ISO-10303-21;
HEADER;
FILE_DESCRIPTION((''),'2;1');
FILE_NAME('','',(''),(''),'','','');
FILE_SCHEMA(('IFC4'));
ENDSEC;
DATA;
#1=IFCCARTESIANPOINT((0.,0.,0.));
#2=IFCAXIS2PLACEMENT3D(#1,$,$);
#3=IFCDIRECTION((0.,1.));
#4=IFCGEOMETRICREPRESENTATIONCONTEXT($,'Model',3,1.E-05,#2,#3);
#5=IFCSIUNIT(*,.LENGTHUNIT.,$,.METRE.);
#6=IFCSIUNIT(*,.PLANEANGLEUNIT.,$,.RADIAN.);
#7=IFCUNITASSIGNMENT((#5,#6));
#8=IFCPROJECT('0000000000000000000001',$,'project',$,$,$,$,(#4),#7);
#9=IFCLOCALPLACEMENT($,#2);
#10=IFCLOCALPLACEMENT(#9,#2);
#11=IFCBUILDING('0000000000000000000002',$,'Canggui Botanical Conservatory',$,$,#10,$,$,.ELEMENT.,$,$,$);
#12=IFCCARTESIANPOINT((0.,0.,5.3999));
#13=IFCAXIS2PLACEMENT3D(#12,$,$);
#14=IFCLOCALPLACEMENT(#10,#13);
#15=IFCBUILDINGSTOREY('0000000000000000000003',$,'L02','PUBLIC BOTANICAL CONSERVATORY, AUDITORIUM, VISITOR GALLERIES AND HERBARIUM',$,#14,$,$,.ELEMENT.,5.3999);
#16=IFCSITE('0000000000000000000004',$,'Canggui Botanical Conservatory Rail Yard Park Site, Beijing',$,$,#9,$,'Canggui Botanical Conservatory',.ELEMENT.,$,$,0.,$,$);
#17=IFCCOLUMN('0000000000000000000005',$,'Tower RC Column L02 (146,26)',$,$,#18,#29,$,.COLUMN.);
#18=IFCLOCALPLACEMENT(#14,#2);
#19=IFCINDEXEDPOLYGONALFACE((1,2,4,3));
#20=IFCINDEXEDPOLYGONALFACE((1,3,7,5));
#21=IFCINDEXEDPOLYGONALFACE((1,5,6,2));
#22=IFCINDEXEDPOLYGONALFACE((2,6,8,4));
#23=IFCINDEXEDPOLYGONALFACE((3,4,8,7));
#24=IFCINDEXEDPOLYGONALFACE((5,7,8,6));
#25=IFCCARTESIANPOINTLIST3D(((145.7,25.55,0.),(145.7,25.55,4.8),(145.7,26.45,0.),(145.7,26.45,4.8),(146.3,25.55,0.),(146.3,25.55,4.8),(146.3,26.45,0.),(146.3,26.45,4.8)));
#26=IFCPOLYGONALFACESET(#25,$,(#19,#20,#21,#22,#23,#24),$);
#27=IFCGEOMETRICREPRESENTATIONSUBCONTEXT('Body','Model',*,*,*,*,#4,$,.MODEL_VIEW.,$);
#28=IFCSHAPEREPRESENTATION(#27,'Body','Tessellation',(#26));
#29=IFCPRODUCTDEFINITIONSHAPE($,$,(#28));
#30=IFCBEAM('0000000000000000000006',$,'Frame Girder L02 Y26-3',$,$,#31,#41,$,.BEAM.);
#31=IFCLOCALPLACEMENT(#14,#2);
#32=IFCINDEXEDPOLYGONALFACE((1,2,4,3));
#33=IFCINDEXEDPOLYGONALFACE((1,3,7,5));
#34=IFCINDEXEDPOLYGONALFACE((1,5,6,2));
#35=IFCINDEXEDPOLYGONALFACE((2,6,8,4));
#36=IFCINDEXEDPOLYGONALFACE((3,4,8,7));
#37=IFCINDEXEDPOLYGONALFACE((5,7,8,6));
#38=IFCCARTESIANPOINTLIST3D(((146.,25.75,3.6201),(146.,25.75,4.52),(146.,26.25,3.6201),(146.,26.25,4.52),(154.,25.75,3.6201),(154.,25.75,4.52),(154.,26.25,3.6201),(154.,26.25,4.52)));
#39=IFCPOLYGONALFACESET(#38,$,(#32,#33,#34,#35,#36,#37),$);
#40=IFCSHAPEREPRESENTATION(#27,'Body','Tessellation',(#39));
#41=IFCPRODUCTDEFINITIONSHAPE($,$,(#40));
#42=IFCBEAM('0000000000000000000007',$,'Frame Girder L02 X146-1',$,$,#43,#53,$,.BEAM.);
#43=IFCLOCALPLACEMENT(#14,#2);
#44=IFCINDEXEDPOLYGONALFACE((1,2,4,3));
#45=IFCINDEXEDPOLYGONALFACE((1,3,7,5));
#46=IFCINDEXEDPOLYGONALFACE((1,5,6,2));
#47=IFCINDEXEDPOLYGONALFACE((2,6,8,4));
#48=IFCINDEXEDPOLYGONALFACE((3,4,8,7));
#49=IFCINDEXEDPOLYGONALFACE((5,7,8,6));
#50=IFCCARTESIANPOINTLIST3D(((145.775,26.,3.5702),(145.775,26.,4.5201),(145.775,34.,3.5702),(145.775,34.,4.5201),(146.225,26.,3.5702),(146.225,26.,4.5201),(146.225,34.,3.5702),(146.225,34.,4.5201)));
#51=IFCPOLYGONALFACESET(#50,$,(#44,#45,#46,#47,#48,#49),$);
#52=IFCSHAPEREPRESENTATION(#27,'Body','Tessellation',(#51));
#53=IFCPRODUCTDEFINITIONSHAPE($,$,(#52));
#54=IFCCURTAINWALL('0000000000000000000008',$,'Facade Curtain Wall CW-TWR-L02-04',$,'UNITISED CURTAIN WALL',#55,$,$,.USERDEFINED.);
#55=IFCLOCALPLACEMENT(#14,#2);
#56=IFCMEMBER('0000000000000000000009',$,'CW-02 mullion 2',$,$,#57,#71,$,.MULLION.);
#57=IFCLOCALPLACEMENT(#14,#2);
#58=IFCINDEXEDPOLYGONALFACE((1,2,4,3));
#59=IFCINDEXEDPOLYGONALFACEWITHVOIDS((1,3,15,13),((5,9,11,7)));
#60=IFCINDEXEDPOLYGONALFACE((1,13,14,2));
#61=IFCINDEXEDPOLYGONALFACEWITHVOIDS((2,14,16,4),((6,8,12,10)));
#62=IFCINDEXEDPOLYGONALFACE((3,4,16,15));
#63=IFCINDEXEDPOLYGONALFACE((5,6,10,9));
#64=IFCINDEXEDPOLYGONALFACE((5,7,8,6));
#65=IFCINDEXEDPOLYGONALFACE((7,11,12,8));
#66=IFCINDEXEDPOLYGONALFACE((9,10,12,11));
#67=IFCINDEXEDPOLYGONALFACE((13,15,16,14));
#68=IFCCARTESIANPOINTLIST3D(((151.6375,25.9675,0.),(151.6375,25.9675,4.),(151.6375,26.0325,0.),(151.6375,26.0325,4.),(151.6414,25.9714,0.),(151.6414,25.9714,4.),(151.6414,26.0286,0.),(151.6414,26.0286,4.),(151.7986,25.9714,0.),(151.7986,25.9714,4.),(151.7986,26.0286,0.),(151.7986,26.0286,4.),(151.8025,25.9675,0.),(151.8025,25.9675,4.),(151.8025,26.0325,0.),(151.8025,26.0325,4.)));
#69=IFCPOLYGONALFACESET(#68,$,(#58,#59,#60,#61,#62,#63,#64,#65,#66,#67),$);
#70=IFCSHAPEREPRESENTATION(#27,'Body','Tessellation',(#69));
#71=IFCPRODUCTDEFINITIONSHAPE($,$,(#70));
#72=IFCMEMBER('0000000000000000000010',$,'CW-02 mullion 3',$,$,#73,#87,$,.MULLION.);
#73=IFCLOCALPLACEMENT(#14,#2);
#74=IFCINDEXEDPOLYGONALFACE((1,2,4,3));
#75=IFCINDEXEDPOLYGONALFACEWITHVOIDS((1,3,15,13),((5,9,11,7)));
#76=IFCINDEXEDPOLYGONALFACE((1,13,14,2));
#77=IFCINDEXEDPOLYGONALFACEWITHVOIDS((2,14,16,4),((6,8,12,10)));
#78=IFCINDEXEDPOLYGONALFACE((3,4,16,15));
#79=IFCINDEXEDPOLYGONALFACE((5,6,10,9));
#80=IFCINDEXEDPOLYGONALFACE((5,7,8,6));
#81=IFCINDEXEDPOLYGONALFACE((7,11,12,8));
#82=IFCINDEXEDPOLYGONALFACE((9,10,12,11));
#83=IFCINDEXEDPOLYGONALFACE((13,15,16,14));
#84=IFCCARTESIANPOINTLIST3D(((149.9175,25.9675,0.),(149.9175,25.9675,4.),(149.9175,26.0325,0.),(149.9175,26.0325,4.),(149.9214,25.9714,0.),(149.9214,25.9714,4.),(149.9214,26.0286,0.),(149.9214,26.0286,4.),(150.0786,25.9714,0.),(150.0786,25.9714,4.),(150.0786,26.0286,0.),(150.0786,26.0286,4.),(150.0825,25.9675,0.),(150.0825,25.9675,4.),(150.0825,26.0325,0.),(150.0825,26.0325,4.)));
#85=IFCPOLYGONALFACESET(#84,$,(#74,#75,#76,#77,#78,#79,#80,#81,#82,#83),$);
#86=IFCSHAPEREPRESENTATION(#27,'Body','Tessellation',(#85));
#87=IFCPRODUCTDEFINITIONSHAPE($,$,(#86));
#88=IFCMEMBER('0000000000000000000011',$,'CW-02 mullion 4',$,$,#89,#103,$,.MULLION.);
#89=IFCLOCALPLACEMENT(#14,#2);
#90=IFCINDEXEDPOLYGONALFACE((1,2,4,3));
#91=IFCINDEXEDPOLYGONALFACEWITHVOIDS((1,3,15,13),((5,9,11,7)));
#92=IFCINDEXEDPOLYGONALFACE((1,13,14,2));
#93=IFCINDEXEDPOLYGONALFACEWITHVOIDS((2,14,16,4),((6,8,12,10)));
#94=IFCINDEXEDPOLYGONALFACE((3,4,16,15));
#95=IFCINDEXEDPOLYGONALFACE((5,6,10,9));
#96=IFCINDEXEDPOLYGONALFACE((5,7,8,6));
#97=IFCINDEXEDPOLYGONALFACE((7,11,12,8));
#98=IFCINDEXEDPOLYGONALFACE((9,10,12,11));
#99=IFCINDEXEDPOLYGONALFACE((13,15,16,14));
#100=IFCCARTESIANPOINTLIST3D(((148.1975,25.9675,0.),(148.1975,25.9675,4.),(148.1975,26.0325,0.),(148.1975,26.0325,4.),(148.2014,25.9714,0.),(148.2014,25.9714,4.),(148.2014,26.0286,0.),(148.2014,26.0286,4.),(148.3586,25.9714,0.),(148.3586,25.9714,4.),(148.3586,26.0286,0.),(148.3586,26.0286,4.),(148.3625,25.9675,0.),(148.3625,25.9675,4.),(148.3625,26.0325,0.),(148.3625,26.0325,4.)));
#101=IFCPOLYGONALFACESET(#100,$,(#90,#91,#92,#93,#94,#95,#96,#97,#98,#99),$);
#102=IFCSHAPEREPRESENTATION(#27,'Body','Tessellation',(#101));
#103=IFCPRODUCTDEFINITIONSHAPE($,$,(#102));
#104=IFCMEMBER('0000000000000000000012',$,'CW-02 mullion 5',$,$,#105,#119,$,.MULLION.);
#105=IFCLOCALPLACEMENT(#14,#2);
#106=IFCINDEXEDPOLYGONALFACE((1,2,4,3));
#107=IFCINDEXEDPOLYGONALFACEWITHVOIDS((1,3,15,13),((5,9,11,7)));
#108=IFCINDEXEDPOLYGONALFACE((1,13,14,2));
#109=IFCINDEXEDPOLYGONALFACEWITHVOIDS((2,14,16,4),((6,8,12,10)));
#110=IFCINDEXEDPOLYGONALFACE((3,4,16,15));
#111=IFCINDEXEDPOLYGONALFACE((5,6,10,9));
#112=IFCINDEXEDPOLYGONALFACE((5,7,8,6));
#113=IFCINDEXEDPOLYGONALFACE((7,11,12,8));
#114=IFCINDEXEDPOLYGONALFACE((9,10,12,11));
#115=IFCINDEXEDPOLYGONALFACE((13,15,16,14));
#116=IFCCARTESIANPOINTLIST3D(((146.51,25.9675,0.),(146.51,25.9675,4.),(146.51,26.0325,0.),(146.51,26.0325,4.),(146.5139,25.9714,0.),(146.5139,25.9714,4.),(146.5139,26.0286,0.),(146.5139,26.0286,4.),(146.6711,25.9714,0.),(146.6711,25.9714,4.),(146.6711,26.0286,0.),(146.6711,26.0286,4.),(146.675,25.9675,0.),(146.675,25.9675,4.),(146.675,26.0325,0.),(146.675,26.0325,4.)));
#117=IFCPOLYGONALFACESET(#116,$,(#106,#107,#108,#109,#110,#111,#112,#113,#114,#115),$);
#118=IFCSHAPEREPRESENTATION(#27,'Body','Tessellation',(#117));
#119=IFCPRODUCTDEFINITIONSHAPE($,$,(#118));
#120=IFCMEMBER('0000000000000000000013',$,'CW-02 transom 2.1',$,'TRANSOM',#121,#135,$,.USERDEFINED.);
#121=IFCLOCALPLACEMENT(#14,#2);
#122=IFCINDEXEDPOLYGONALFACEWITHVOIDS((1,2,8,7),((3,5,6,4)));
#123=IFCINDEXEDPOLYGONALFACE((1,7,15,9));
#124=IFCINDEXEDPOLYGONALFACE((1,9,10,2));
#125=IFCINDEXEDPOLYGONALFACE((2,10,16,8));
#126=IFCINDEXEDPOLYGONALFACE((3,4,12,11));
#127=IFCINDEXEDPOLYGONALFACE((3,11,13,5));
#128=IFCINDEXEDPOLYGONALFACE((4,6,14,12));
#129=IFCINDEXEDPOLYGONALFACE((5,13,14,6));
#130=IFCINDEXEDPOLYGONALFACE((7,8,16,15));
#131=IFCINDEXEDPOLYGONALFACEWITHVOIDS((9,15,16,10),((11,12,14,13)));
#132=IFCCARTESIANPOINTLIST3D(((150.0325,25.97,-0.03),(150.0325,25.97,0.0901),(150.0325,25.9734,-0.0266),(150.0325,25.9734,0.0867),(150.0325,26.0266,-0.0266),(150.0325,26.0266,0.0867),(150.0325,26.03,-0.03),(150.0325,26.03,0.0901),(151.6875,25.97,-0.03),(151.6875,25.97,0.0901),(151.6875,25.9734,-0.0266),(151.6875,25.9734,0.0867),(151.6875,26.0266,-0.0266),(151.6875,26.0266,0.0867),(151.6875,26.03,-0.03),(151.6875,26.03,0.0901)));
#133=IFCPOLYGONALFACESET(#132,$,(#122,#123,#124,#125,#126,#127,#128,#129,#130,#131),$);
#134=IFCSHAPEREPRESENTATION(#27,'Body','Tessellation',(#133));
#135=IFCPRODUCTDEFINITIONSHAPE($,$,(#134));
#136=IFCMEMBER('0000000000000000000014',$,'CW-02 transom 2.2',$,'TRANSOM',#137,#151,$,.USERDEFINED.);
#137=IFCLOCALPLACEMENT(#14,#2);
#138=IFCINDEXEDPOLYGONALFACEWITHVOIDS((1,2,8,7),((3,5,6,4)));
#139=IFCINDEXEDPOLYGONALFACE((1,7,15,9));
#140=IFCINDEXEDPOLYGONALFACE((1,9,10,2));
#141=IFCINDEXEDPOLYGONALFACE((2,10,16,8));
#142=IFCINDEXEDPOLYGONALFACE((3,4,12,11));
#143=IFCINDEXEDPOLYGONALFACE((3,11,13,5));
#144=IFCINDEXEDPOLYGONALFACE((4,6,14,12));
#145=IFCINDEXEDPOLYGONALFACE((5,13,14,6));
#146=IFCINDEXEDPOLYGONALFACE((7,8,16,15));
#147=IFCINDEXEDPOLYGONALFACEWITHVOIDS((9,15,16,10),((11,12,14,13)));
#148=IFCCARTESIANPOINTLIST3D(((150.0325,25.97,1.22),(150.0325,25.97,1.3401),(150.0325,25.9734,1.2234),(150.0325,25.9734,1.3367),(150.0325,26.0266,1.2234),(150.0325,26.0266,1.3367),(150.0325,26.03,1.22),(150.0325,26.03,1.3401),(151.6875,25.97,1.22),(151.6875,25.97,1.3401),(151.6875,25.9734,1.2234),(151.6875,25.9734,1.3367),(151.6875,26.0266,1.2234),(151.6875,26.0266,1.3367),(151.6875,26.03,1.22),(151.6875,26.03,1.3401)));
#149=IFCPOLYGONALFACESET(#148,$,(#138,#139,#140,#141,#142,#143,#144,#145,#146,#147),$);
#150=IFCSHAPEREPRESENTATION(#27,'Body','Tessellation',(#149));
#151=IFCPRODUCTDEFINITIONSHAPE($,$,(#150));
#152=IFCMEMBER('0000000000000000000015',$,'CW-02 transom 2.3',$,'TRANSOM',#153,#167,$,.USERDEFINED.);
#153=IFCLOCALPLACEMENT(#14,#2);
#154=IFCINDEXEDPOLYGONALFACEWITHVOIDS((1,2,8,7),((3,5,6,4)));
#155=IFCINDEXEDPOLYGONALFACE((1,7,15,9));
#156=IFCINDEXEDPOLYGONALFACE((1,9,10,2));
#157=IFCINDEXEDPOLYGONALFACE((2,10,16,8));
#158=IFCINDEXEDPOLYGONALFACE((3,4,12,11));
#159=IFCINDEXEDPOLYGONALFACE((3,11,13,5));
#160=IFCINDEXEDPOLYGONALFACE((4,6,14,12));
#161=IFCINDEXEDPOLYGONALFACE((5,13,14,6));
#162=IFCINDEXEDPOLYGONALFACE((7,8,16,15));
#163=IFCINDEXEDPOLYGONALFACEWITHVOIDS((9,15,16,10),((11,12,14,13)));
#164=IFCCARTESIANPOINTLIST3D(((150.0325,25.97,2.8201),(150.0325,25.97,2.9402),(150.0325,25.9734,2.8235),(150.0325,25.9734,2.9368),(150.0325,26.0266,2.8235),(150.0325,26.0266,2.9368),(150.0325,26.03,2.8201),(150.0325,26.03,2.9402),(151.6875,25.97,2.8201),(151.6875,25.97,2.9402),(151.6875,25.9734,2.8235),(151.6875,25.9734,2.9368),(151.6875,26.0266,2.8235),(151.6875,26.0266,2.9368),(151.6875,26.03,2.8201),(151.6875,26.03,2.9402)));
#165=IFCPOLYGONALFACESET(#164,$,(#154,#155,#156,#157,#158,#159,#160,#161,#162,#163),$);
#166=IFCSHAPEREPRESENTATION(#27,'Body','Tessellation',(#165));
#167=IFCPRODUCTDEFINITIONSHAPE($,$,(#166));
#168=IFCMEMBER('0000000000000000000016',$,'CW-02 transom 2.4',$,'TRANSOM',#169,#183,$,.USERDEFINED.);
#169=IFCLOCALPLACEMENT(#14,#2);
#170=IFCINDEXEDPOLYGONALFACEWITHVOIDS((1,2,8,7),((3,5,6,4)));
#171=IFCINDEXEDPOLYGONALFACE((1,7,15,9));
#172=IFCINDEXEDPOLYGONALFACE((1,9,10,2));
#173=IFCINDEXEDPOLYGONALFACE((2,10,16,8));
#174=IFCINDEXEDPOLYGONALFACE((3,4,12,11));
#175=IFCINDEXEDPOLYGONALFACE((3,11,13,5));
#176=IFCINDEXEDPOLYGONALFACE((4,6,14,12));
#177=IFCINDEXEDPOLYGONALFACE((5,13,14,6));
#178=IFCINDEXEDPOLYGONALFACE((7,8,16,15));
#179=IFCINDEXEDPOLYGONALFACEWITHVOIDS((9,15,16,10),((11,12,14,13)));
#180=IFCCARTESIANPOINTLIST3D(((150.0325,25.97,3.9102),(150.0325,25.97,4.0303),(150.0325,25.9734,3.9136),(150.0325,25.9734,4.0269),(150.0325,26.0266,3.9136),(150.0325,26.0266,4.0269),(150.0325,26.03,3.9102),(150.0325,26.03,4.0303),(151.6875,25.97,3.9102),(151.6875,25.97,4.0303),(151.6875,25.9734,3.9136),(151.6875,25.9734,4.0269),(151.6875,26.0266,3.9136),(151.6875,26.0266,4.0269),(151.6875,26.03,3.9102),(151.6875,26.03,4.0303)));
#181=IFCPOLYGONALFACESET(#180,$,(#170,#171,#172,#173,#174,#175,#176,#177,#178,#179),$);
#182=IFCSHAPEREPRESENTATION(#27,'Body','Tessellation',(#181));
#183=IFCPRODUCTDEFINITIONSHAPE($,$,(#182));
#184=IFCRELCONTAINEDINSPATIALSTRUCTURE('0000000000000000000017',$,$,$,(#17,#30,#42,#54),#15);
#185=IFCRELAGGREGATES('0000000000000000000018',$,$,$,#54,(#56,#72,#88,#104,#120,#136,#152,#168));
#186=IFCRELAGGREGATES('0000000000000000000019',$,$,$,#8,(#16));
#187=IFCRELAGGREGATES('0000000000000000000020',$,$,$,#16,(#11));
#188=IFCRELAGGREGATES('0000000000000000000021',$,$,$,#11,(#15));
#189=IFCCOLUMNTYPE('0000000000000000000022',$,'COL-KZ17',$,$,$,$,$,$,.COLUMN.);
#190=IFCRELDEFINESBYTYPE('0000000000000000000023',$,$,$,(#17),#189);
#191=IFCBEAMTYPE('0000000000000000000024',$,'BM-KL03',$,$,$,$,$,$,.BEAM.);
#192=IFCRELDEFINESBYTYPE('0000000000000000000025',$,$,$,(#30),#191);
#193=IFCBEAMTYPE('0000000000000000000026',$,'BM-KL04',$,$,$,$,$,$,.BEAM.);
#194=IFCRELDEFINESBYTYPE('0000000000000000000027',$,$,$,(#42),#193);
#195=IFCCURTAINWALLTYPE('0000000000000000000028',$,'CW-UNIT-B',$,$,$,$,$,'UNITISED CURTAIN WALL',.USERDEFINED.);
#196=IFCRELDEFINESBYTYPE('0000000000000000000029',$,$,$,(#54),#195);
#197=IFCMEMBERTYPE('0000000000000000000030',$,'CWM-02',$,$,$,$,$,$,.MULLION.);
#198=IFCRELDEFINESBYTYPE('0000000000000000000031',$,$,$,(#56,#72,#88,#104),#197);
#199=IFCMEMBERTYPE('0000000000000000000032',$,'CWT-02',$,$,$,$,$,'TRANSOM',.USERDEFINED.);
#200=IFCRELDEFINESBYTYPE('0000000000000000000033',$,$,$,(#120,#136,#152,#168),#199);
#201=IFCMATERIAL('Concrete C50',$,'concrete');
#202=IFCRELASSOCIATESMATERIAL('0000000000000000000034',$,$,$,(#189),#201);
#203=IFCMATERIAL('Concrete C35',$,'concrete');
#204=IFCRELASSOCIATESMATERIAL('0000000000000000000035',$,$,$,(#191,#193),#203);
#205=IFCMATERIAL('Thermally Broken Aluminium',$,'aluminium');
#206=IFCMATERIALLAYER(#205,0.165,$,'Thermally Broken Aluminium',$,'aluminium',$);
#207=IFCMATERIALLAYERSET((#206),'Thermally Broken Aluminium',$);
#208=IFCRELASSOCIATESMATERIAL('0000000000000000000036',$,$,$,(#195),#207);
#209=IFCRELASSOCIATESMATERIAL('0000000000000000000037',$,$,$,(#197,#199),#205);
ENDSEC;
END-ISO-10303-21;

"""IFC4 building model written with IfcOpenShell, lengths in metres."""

from ifc_helpers import new_model, si_unit, direction, frame, origin, origin_2d, place, context, subcontext, project, spatial, rectangle, hollow_rectangle, extrude, material, layer, layer_set, material_profile, profile_set, type_object, element, aggregate, save


model = new_model("IFC4")

# Units and contexts
model_context = context("Model", 3, precision=1e-05, world=origin(), true_north=direction((0.0, 1.0)))
body_context = subcontext(model_context, "Body", "Model", "MODEL_VIEW")
ifc_project = project(units=[si_unit("LENGTHUNIT", "METRE"), si_unit("PLANEANGLEUNIT", "RADIAN")], contexts=[model_context])

# Site, building, storey
site_placement = place(None, origin())
site = spatial("IfcSite", under=ifc_project, at=site_placement, Name="Canggui Botanical Conservatory Rail Yard Park Site, Beijing", LongName="Canggui Botanical Conservatory", CompositionType="ELEMENT", RefElevation=0.0)
building_placement = place(site_placement, origin())
building = spatial("IfcBuilding", under=site, at=building_placement, Name="Canggui Botanical Conservatory", CompositionType="ELEMENT")
storey_placement = place(building_placement, frame((0.0, 0.0, 5.3999)))
storey = spatial("IfcBuildingStorey", under=building, at=storey_placement, Name="L02", Description="PUBLIC BOTANICAL CONSERVATORY, AUDITORIUM, VISITOR GALLERIES AND HERBARIUM", CompositionType="ELEMENT", Elevation=5.3999)

# Column
ifc_material_1 = material(Name="Concrete C50", Category="concrete")
ifc_material_profile_1 = material_profile(ifc_material_1, rectangle(XDim=0.6001, YDim=0.8999, at=origin_2d()), Name="RC 600x900")
ifc_profile_set_1 = profile_set([ifc_material_profile_1], Name="Concrete C50")
column_type = type_object("IfcColumnType", Name="COL-KZ17", PredefinedType="COLUMN", material=ifc_profile_set_1)
column_placement = place(storey_placement, frame((146.0, 26.0, 0.0), z_axis=(0.0, 0.0, 1.0), x_axis=(1.0, 0.0, 0.0)))
element("IfcColumn", 1, at=column_placement, inside=storey, type_object=column_type, Name="Tower RC Column L02 (146,26)", PredefinedType="COLUMN", context=body_context, shape_type="SweptSolid", body=[
    extrude(rectangle(XDim=0.6001, YDim=0.8999, at=origin_2d()), origin(), (0.0, 0.0, 1.0), 4.8),
])

# Beams
ifc_material_2 = material(Name="Concrete C35", Category="concrete")
ifc_material_profile_2 = material_profile(ifc_material_2, rectangle(XDim=0.5, YDim=0.8999, at=origin_2d()), Name="RB 500x900")
ifc_profile_set_2 = profile_set([ifc_material_profile_2], Name="Concrete C35")
beam_type_1 = type_object("IfcBeamType", Name="BM-KL03", PredefinedType="BEAM", material=ifc_profile_set_2)
beam_1_placement = place(storey_placement, frame((146.0, 26.0, 4.0701), z_axis=(1.0, 0.0, 0.0), x_axis=(0.0, 1.0, 0.0)))
element("IfcBeam", 2, at=beam_1_placement, inside=storey, type_object=beam_type_1, Name="Frame Girder L02 Y26-3", PredefinedType="BEAM", context=body_context, shape_type="SweptSolid", body=[
    extrude(rectangle(XDim=0.5, YDim=0.8999, at=origin_2d()), origin(), (0.0, 0.0, 1.0), 8.0),
])
ifc_material_profile_3 = material_profile(ifc_material_2, rectangle(XDim=0.45, YDim=0.95, at=origin_2d()), Name="RB 450x950")
ifc_profile_set_3 = profile_set([ifc_material_profile_3], Name="Concrete C35")
beam_type_2 = type_object("IfcBeamType", Name="BM-KL04", PredefinedType="BEAM", material=ifc_profile_set_3)
beam_2_placement = place(storey_placement, frame((146.0, 26.0, 4.0452), z_axis=(0.0, 1.0, 0.0), x_axis=(-1.0, 0.0, 0.0)))
element("IfcBeam", 3, at=beam_2_placement, inside=storey, type_object=beam_type_2, Name="Frame Girder L02 X146-1", PredefinedType="BEAM", context=body_context, shape_type="SweptSolid", body=[
    extrude(rectangle(XDim=0.45, YDim=0.95, at=origin_2d()), origin(), (0.0, 0.0, 1.0), 8.0),
])

# Curtain wall, members
ifc_material_3 = material(Name="Thermally Broken Aluminium", Category="aluminium")
ifc_layer_1 = layer(ifc_material_3, 0.165, Name="Thermally Broken Aluminium", Category="aluminium")
ifc_layer_set_1 = layer_set([ifc_layer_1], Name="Thermally Broken Aluminium")
curtain_wall_type = type_object("IfcCurtainWallType", Name="CW-UNIT-B", ElementType="UNITISED CURTAIN WALL", PredefinedType="USERDEFINED", material=ifc_layer_set_1)
curtain_wall_placement = place(storey_placement, origin())
curtain_wall = element("IfcCurtainWall", 4, at=curtain_wall_placement, inside=storey, type_object=curtain_wall_type, Name="Facade Curtain Wall CW-TWR-L02-04", ObjectType="UNITISED CURTAIN WALL", PredefinedType="USERDEFINED")
ifc_material_profile_4 = material_profile(ifc_material_3, hollow_rectangle(XDim=0.0649, YDim=0.165, WallThickness=0.0039, at=origin_2d()), Name="CWM 65x165x4")
ifc_profile_set_4 = profile_set([ifc_material_profile_4], Name="Thermally Broken Aluminium")
member_type_1 = type_object("IfcMemberType", Name="CWM-02", PredefinedType="MULLION", material=ifc_profile_set_4)
member_1_placement = place(storey_placement, frame((151.72, 26.0, 0.0), z_axis=(0.0, 0.0, 1.0), x_axis=(0.0, -1.0, 0.0)))
member_1 = element("IfcMember", 5, at=member_1_placement, type_object=member_type_1, Name="CW-02 mullion 2", PredefinedType="MULLION", context=body_context, shape_type="SweptSolid", body=[
    extrude(hollow_rectangle(XDim=0.0649, YDim=0.165, WallThickness=0.0039, at=origin_2d()), origin(), (0.0, 0.0, 1.0), 4.0),
])
member_2_placement = place(storey_placement, frame((150.0, 26.0, 0.0), z_axis=(0.0, 0.0, 1.0), x_axis=(0.0, -1.0, 0.0)))
member_2 = element("IfcMember", 6, at=member_2_placement, type_object=member_type_1, Name="CW-02 mullion 3", PredefinedType="MULLION", context=body_context, shape_type="SweptSolid", body=[
    extrude(hollow_rectangle(XDim=0.0649, YDim=0.165, WallThickness=0.0039, at=origin_2d()), origin(), (0.0, 0.0, 1.0), 4.0),
])
member_3_placement = place(storey_placement, frame((148.28, 26.0, 0.0), z_axis=(0.0, 0.0, 1.0), x_axis=(0.0, -1.0, 0.0)))
member_3 = element("IfcMember", 7, at=member_3_placement, type_object=member_type_1, Name="CW-02 mullion 4", PredefinedType="MULLION", context=body_context, shape_type="SweptSolid", body=[
    extrude(hollow_rectangle(XDim=0.0649, YDim=0.165, WallThickness=0.0039, at=origin_2d()), origin(), (0.0, 0.0, 1.0), 4.0),
])
member_4_placement = place(storey_placement, frame((146.5925, 26.0, 0.0), z_axis=(0.0, 0.0, 1.0), x_axis=(0.0, -1.0, 0.0)))
member_4 = element("IfcMember", 8, at=member_4_placement, type_object=member_type_1, Name="CW-02 mullion 5", PredefinedType="MULLION", context=body_context, shape_type="SweptSolid", body=[
    extrude(hollow_rectangle(XDim=0.0649, YDim=0.165, WallThickness=0.0039, at=origin_2d()), origin(), (0.0, 0.0, 1.0), 4.0),
])
ifc_material_profile_5 = material_profile(ifc_material_3, hollow_rectangle(XDim=0.0601, YDim=0.1201, WallThickness=0.0034, at=origin_2d()), Name="CWT 60x120x3.5")
ifc_profile_set_5 = profile_set([ifc_material_profile_5], Name="Thermally Broken Aluminium")
member_type_2 = type_object("IfcMemberType", Name="CWT-02", ElementType="TRANSOM", PredefinedType="USERDEFINED", material=ifc_profile_set_5)
member_5_placement = place(storey_placement, frame((151.6875, 26.0, 0.03), z_axis=(-1.0, 0.0, 0.0), x_axis=(0.0, -1.0, 0.0)))
member_5 = element("IfcMember", 9, at=member_5_placement, type_object=member_type_2, Name="CW-02 transom 2.1", ObjectType="TRANSOM", PredefinedType="USERDEFINED", context=body_context, shape_type="SweptSolid", body=[
    extrude(hollow_rectangle(XDim=0.0601, YDim=0.1201, WallThickness=0.0034, at=origin_2d()), origin(), (0.0, 0.0, 1.0), 1.655),
])
member_6_placement = place(storey_placement, frame((151.6875, 26.0, 1.28), z_axis=(-1.0, 0.0, 0.0), x_axis=(0.0, -1.0, 0.0)))
member_6 = element("IfcMember", 10, at=member_6_placement, type_object=member_type_2, Name="CW-02 transom 2.2", ObjectType="TRANSOM", PredefinedType="USERDEFINED", context=body_context, shape_type="SweptSolid", body=[
    extrude(hollow_rectangle(XDim=0.0601, YDim=0.1201, WallThickness=0.0034, at=origin_2d()), origin(), (0.0, 0.0, 1.0), 1.655),
])
member_7_placement = place(storey_placement, frame((151.6875, 26.0, 2.8801), z_axis=(-1.0, 0.0, 0.0), x_axis=(0.0, -1.0, 0.0)))
member_7 = element("IfcMember", 11, at=member_7_placement, type_object=member_type_2, Name="CW-02 transom 2.3", ObjectType="TRANSOM", PredefinedType="USERDEFINED", context=body_context, shape_type="SweptSolid", body=[
    extrude(hollow_rectangle(XDim=0.0601, YDim=0.1201, WallThickness=0.0034, at=origin_2d()), origin(), (0.0, 0.0, 1.0), 1.655),
])
member_8_placement = place(storey_placement, frame((151.6875, 26.0, 3.9702), z_axis=(-1.0, 0.0, 0.0), x_axis=(0.0, -1.0, 0.0)))
member_8 = element("IfcMember", 12, at=member_8_placement, type_object=member_type_2, Name="CW-02 transom 2.4", ObjectType="TRANSOM", PredefinedType="USERDEFINED", context=body_context, shape_type="SweptSolid", body=[
    extrude(hollow_rectangle(XDim=0.0601, YDim=0.1201, WallThickness=0.0034, at=origin_2d()), origin(), (0.0, 0.0, 1.0), 1.655),
])
aggregate(curtain_wall, [member_1, member_2, member_3, member_4, member_5, member_6, member_7, member_8])

save(model, "model.ifc")
